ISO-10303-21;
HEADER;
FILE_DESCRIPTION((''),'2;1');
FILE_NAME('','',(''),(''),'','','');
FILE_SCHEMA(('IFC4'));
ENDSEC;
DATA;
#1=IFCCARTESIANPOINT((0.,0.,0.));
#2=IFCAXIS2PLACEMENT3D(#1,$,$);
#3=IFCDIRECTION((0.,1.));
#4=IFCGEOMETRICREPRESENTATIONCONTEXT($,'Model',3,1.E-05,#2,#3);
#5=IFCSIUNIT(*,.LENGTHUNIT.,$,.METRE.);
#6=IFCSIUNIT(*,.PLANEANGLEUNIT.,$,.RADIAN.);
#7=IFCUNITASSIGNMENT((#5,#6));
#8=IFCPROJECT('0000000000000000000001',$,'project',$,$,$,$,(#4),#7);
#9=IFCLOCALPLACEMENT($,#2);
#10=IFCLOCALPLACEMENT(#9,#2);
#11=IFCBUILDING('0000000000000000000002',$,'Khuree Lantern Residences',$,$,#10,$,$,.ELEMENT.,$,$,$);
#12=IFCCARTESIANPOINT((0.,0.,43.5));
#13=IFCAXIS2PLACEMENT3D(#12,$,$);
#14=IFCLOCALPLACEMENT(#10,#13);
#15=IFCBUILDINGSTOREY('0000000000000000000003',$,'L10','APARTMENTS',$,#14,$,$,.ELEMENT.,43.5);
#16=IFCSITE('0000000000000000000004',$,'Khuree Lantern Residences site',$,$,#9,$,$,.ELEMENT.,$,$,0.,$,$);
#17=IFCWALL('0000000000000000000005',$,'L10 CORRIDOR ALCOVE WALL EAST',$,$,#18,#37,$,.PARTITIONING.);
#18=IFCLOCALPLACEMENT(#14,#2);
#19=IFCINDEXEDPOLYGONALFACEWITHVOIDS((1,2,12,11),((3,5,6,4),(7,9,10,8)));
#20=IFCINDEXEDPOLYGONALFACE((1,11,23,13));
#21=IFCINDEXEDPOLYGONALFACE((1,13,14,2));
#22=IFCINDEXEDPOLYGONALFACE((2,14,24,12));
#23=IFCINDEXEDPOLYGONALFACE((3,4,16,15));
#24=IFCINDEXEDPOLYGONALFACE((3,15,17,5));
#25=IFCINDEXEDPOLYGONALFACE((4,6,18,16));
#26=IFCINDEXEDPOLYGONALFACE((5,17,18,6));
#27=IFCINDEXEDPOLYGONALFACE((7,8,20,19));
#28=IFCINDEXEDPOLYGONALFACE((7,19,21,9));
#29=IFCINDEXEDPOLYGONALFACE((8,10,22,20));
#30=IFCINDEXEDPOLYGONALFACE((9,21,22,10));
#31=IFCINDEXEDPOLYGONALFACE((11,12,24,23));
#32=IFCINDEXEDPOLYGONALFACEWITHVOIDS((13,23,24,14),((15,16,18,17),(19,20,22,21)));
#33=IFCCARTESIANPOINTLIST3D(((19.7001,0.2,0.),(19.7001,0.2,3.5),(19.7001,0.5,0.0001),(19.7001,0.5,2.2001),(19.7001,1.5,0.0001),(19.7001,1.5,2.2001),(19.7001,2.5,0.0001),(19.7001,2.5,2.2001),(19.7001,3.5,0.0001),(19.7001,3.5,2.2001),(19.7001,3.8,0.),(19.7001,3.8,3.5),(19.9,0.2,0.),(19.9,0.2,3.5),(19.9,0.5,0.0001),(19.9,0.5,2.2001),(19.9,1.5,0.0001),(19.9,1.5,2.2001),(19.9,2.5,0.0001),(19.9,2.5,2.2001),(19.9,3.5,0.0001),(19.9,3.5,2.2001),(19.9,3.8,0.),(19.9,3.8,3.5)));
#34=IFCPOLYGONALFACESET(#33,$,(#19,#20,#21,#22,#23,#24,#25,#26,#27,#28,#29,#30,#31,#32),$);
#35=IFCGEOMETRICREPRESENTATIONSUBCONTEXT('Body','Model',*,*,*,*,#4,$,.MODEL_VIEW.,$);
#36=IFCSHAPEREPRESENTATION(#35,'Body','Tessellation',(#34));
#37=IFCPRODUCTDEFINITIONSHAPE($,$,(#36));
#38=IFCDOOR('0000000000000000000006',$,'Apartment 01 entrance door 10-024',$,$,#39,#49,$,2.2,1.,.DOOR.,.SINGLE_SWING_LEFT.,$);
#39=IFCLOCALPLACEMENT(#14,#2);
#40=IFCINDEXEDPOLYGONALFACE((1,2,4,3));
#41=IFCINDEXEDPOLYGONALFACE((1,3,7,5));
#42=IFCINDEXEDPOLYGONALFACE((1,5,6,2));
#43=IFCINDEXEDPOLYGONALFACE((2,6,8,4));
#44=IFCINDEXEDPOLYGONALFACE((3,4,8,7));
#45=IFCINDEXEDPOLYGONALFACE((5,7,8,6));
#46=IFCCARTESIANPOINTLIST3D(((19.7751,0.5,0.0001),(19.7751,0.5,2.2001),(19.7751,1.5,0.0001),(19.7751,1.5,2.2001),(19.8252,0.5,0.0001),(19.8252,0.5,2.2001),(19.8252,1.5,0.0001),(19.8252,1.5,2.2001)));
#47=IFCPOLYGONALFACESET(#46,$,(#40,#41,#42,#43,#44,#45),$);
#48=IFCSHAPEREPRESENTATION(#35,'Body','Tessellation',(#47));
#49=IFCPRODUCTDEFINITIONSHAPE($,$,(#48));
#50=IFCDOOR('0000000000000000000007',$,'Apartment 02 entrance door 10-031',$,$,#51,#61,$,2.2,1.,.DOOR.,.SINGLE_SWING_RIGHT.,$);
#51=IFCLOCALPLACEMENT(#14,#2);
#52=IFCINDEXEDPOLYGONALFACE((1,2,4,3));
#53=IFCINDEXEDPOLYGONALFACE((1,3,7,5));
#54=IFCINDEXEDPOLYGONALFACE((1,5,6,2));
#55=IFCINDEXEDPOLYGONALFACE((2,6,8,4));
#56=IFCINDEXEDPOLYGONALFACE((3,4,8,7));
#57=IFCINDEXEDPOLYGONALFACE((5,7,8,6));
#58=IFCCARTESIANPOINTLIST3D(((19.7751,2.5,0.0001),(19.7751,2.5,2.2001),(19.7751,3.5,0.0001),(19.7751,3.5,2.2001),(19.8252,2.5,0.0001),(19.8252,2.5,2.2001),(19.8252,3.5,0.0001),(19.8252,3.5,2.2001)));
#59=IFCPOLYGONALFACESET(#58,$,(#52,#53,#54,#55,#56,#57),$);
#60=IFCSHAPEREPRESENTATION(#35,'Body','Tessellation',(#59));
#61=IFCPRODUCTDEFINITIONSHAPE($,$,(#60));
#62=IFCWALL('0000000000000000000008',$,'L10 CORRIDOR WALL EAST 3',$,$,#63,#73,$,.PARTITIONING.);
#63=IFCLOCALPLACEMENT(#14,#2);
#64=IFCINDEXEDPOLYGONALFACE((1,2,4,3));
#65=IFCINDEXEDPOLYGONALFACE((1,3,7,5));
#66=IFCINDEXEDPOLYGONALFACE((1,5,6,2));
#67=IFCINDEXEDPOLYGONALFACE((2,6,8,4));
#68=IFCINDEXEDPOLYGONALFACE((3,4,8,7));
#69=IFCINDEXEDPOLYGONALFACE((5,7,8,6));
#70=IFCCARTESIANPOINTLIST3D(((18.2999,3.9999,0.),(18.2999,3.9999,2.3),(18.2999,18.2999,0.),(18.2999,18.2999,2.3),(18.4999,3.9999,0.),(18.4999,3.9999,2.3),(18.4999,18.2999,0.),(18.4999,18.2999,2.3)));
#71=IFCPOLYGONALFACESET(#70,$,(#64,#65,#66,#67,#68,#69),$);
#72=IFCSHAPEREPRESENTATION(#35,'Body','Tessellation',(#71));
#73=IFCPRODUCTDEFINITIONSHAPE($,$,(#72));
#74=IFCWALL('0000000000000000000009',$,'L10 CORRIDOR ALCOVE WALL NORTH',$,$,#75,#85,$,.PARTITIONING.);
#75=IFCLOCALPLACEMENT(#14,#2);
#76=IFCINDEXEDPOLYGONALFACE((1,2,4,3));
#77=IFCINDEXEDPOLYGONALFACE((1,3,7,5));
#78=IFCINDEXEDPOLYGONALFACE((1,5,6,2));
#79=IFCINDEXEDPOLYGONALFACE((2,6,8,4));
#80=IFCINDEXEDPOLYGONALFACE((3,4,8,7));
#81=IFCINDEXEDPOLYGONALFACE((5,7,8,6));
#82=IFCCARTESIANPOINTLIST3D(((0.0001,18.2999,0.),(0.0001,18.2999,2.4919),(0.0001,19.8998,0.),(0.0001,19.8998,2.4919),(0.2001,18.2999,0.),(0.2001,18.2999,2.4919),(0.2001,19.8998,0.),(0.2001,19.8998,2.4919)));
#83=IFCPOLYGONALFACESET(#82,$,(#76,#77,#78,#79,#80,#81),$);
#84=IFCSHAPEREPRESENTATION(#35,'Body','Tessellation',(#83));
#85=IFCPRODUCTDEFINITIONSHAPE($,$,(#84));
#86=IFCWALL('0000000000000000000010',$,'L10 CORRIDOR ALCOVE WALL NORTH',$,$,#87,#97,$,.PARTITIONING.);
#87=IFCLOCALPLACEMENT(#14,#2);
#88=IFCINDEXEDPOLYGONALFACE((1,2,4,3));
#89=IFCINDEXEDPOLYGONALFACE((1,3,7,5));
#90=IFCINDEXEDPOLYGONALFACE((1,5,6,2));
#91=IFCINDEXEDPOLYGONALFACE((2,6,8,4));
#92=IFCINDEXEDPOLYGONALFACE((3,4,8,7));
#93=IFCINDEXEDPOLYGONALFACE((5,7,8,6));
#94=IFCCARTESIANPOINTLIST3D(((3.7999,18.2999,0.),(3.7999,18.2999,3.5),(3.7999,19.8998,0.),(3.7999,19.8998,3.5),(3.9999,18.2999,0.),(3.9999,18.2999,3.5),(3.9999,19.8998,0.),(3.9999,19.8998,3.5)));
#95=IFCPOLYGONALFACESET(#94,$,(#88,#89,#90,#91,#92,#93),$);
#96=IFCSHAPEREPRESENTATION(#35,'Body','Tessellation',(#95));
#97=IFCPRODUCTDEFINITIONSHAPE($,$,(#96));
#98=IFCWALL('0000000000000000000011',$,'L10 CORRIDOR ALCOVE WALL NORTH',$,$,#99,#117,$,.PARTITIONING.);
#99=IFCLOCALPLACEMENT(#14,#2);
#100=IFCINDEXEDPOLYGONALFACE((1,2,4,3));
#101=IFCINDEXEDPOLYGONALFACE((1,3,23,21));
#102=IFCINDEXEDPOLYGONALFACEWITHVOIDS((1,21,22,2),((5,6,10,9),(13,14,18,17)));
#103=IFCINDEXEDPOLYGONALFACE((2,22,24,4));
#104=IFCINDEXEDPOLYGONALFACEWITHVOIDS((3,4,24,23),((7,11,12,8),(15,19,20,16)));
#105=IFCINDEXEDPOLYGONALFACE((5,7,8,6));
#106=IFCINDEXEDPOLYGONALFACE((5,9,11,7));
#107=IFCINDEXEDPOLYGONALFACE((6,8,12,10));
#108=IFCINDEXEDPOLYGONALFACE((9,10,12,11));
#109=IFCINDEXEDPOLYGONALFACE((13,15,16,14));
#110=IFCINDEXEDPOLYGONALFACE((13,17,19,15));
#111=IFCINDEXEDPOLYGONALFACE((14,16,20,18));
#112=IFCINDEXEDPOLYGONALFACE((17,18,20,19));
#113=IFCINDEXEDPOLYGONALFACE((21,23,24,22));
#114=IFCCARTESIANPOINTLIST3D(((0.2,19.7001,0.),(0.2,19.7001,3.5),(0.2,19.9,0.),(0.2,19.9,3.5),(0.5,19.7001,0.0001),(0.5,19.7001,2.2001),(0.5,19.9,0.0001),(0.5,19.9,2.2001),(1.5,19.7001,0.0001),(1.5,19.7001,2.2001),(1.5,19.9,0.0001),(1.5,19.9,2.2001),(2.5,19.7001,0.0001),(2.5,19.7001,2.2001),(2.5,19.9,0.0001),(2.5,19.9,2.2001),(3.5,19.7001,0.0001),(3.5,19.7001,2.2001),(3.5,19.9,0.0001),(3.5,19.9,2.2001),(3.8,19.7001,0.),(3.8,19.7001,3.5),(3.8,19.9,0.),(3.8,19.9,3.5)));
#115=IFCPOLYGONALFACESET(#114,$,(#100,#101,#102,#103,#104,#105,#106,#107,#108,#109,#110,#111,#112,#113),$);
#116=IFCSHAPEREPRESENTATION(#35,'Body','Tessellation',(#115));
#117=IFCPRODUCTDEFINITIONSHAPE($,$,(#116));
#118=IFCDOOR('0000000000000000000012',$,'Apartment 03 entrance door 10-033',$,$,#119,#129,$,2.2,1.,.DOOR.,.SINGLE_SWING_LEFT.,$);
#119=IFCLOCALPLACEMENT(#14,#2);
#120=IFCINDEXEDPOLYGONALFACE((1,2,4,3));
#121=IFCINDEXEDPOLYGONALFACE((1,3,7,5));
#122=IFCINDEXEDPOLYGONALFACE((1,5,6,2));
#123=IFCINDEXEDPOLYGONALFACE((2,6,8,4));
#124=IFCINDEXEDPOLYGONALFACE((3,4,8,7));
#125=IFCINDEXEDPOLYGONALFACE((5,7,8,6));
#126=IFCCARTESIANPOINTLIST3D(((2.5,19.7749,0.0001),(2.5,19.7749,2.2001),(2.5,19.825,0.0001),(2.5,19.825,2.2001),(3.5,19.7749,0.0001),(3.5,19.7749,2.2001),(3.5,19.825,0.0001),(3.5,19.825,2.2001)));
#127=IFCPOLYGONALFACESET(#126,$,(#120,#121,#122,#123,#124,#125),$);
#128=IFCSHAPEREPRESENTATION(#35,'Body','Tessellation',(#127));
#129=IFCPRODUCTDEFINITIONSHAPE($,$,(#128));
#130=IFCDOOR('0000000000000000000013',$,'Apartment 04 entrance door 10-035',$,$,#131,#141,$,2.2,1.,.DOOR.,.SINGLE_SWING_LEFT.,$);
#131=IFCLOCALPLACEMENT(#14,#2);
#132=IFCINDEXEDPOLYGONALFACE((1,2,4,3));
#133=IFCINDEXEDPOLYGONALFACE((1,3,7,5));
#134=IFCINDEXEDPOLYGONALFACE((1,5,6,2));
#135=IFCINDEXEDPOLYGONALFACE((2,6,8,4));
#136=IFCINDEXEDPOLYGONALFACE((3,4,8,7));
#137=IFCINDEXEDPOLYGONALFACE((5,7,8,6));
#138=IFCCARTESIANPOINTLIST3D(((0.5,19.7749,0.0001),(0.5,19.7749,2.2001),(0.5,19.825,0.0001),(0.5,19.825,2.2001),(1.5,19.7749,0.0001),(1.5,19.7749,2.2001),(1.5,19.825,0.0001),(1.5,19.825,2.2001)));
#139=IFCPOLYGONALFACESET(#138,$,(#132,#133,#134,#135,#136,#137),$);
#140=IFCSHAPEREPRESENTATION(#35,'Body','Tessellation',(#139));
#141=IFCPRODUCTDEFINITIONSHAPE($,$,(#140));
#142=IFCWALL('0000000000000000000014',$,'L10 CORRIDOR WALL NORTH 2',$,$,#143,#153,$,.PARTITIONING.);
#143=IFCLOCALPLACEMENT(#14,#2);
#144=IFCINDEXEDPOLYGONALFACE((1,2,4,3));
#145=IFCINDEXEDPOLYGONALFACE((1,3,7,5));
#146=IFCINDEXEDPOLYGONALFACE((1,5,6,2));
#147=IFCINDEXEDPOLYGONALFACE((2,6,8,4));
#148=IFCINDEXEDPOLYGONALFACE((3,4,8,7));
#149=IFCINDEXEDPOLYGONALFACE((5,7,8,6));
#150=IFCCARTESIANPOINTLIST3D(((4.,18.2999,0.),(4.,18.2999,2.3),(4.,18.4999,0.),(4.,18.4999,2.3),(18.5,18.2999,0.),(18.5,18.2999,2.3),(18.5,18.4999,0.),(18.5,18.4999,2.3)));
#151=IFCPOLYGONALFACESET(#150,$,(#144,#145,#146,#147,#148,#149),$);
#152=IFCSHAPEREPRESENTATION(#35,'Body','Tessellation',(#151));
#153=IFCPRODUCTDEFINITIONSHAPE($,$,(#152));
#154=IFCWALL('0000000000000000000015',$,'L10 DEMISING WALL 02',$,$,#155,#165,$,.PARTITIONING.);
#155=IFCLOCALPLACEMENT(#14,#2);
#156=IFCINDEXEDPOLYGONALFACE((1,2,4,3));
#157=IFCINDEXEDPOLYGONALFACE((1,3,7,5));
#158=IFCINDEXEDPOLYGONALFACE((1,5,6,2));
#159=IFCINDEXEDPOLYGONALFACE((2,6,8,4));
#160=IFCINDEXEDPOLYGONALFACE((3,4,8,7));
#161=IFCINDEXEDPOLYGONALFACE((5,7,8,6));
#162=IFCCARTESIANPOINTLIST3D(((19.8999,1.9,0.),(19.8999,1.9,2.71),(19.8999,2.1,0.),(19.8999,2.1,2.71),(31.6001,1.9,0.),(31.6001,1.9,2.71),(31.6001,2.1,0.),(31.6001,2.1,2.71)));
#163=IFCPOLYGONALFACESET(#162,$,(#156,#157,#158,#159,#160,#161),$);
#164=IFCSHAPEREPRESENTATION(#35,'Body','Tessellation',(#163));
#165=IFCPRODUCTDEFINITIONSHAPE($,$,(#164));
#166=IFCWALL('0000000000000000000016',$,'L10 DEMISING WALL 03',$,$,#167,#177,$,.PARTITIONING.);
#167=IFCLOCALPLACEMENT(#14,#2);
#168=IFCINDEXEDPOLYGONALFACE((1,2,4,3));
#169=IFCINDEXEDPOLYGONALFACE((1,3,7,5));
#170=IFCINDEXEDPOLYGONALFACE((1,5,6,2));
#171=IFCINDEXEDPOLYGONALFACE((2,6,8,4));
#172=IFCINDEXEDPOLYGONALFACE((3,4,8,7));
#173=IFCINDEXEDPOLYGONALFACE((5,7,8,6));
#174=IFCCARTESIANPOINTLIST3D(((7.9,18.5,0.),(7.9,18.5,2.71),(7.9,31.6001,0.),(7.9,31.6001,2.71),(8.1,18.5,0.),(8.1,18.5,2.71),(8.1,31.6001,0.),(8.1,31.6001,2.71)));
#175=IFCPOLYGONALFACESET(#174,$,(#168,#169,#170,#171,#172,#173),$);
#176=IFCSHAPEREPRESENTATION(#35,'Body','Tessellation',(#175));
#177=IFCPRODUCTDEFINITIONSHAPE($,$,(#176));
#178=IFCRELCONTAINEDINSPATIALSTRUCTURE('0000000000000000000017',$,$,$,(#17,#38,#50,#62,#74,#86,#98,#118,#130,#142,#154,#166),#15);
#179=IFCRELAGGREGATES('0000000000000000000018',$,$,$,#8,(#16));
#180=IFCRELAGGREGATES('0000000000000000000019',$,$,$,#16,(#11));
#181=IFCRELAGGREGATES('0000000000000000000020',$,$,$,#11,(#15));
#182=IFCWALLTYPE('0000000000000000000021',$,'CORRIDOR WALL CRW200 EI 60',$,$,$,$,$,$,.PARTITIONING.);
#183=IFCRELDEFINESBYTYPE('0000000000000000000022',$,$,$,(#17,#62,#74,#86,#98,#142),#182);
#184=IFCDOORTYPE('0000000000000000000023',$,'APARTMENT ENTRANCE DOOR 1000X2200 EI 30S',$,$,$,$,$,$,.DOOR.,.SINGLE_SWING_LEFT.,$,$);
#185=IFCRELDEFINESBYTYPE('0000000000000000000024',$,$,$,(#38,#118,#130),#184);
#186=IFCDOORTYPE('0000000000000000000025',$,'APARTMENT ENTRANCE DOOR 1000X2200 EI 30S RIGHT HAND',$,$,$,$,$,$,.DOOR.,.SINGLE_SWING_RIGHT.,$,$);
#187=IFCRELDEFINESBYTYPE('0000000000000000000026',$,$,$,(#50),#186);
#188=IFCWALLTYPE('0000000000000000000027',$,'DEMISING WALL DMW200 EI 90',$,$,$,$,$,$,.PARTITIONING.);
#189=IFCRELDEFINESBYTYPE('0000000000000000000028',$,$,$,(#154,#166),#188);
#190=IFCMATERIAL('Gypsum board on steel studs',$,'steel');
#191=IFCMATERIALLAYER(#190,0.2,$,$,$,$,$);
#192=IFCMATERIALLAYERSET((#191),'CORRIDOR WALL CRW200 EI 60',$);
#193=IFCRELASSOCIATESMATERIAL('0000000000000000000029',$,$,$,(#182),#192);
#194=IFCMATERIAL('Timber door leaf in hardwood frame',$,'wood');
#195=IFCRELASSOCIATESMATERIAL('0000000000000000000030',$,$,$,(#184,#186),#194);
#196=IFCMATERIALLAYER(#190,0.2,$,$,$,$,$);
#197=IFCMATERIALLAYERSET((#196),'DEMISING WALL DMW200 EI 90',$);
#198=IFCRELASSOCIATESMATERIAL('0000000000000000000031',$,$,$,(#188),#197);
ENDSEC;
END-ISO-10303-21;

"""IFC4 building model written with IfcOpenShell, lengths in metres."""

from ifc_helpers import new_model, si_unit, direction, frame, frame_2d, origin, place, context, subcontext, project, spatial, rectangle, extrude, material, layer, layer_set, type_object, element, fill, save


model = new_model("IFC4")

# Units and contexts
model_context = context("Model", 3, precision=1e-05, world=origin(), true_north=direction((0.0, 1.0)))
body_context = subcontext(model_context, "Body", "Model", "MODEL_VIEW")
ifc_project = project(units=[si_unit("LENGTHUNIT", "METRE"), si_unit("PLANEANGLEUNIT", "RADIAN")], contexts=[model_context])

# Site, building, storey
site_placement = place(None, origin())
site = spatial("IfcSite", under=ifc_project, at=site_placement, Name="Khuree Lantern Residences site", CompositionType="ELEMENT", RefElevation=0.0)
building_placement = place(site_placement, origin())
building = spatial("IfcBuilding", under=site, at=building_placement, Name="Khuree Lantern Residences", CompositionType="ELEMENT")
storey_placement = place(building_placement, frame((0.0, 0.0, 43.5)))
storey = spatial("IfcBuildingStorey", under=building, at=storey_placement, Name="L10", Description="APARTMENTS", CompositionType="ELEMENT", Elevation=43.5)

# Shared definitions
ifc_material_1 = material(Name="Gypsum board on steel studs", Category="steel")
ifc_layer_1 = layer(ifc_material_1, 0.2)
ifc_layer_set_1 = layer_set([ifc_layer_1], Name="CORRIDOR WALL CRW200 EI 60")
wall_type_1 = type_object("IfcWallType", Name="CORRIDOR WALL CRW200 EI 60", PredefinedType="PARTITIONING", material=ifc_layer_set_1)

# Wall, openings, doors
wall_1_placement = place(storey_placement, frame((19.8, 0.2, 0.0), z_axis=(0.0, 0.0, 1.0), x_axis=(0.0, 1.0, 0.0)))
wall_1 = element("IfcWall", 1, at=wall_1_placement, inside=storey, type_object=wall_type_1, Name="L10 CORRIDOR ALCOVE WALL EAST", PredefinedType="PARTITIONING", context=body_context, shape_type="SweptSolid", body=[
    extrude(rectangle(XDim=3.6001, YDim=0.2, at=frame_2d((1.8, 0.0))), origin(), (0.0, 0.0, 1.0), 3.5),
])
opening_1_placement = place(wall_1_placement, frame((0.3, 0.0, 0.0)))
opening_1 = element("IfcOpeningElement", 2, at=opening_1_placement, cuts=wall_1, PredefinedType="OPENING", context=body_context, shape_type="SweptSolid", body=[
    extrude(rectangle(XDim=1.0, YDim=2.2, at=frame_2d((0.5, 1.1001))), frame((0.0, 0.1099, 0.0), z_axis=(0.0, -1.0, 0.0), x_axis=(1.0, 0.0, 0.0)), (0.0, 0.0, 1.0), 0.22),
])
opening_2_placement = place(wall_1_placement, frame((2.3, 0.0, 0.0)))
opening_2 = element("IfcOpeningElement", 3, at=opening_2_placement, cuts=wall_1, PredefinedType="OPENING", context=body_context, shape_type="SweptSolid", body=[
    extrude(rectangle(XDim=1.0, YDim=2.2, at=frame_2d((0.5, 1.1001))), frame((0.0, 0.1099, 0.0), z_axis=(0.0, -1.0, 0.0), x_axis=(1.0, 0.0, 0.0)), (0.0, 0.0, 1.0), 0.22),
])
ifc_material_2 = material(Name="Timber door leaf in hardwood frame", Category="wood")
door_type_1 = type_object("IfcDoorType", Name="APARTMENT ENTRANCE DOOR 1000X2200 EI 30S", OperationType="SINGLE_SWING_LEFT", PredefinedType="DOOR", material=ifc_material_2)
door_1_placement = place(opening_1_placement, origin())
door_1 = element("IfcDoor", 4, at=door_1_placement, inside=storey, type_object=door_type_1, Name="Apartment 01 entrance door 10-024", OperationType="SINGLE_SWING_LEFT", OverallHeight=2.2, OverallWidth=1.0, PredefinedType="DOOR", context=body_context, shape_type="SweptSolid", body=[
    extrude(rectangle(XDim=1.0, YDim=2.2, at=frame_2d((0.5, 1.1001))), frame((0.0, 0.0249, 0.0), z_axis=(0.0, -1.0, 0.0), x_axis=(1.0, 0.0, 0.0)), (0.0, 0.0, 1.0), 0.05),
])
fill(opening_1, door_1)
door_type_2 = type_object("IfcDoorType", Name="APARTMENT ENTRANCE DOOR 1000X2200 EI 30S RIGHT HAND", OperationType="SINGLE_SWING_RIGHT", PredefinedType="DOOR", material=ifc_material_2)
door_2_placement = place(opening_2_placement, origin())
door_2 = element("IfcDoor", 5, at=door_2_placement, inside=storey, type_object=door_type_2, Name="Apartment 02 entrance door 10-031", OperationType="SINGLE_SWING_RIGHT", OverallHeight=2.2, OverallWidth=1.0, PredefinedType="DOOR", context=body_context, shape_type="SweptSolid", body=[
    extrude(rectangle(XDim=1.0, YDim=2.2, at=frame_2d((0.5, 1.1001))), frame((0.0, 0.0249, 0.0), z_axis=(0.0, -1.0, 0.0), x_axis=(1.0, 0.0, 0.0)), (0.0, 0.0, 1.0), 0.05),
])
fill(opening_2, door_2)

# Walls
wall_2_placement = place(storey_placement, frame((18.3999, 4.0, 0.0), z_axis=(0.0, 0.0, 1.0), x_axis=(0.0, 1.0, 0.0)))
element("IfcWall", 6, at=wall_2_placement, inside=storey, type_object=wall_type_1, Name="L10 CORRIDOR WALL EAST 3", PredefinedType="PARTITIONING", context=body_context, shape_type="SweptSolid", body=[
    extrude(rectangle(XDim=14.3, YDim=0.2, at=frame_2d((7.1499, 0.0))), origin(), (0.0, 0.0, 1.0), 2.3),
])
wall_3_placement = place(storey_placement, frame((0.1001, 18.3, 0.0), z_axis=(0.0, 0.0, 1.0), x_axis=(0.0, 1.0, 0.0)))
element("IfcWall", 7, at=wall_3_placement, inside=storey, type_object=wall_type_1, Name="L10 CORRIDOR ALCOVE WALL NORTH", PredefinedType="PARTITIONING", context=body_context, shape_type="SweptSolid", body=[
    extrude(rectangle(XDim=1.5999, YDim=0.2, at=frame_2d((0.7998, 0.0))), origin(), (0.0, 0.0, 1.0), 2.4919),
])
wall_4_placement = place(storey_placement, frame((3.8999, 18.3, 0.0), z_axis=(0.0, 0.0, 1.0), x_axis=(0.0, 1.0, 0.0)))
element("IfcWall", 8, at=wall_4_placement, inside=storey, type_object=wall_type_1, Name="L10 CORRIDOR ALCOVE WALL NORTH", PredefinedType="PARTITIONING", context=body_context, shape_type="SweptSolid", body=[
    extrude(rectangle(XDim=1.5999, YDim=0.2, at=frame_2d((0.7998, 0.0))), origin(), (0.0, 0.0, 1.0), 3.5),
])

# Wall, openings, doors
wall_5_placement = place(storey_placement, frame((0.2, 19.8, 0.0), z_axis=(0.0, 0.0, 1.0), x_axis=(1.0, 0.0, 0.0)))
wall_5 = element("IfcWall", 9, at=wall_5_placement, inside=storey, type_object=wall_type_1, Name="L10 CORRIDOR ALCOVE WALL NORTH", PredefinedType="PARTITIONING", context=body_context, shape_type="SweptSolid", body=[
    extrude(rectangle(XDim=3.6001, YDim=0.2, at=frame_2d((1.8, 0.0))), origin(), (0.0, 0.0, 1.0), 3.5),
])
opening_3_placement = place(wall_5_placement, frame((2.3, 0.0, 0.0)))
opening_3 = element("IfcOpeningElement", 10, at=opening_3_placement, cuts=wall_5, PredefinedType="OPENING", context=body_context, shape_type="SweptSolid", body=[
    extrude(rectangle(XDim=1.0, YDim=2.2, at=frame_2d((0.5, 1.1001))), frame((0.0, 0.1099, 0.0), z_axis=(0.0, -1.0, 0.0), x_axis=(1.0, 0.0, 0.0)), (0.0, 0.0, 1.0), 0.22),
])
opening_4_placement = place(wall_5_placement, frame((0.3, 0.0, 0.0)))
opening_4 = element("IfcOpeningElement", 11, at=opening_4_placement, cuts=wall_5, PredefinedType="OPENING", context=body_context, shape_type="SweptSolid", body=[
    extrude(rectangle(XDim=1.0, YDim=2.2, at=frame_2d((0.5, 1.1001))), frame((0.0, 0.1099, 0.0), z_axis=(0.0, -1.0, 0.0), x_axis=(1.0, 0.0, 0.0)), (0.0, 0.0, 1.0), 0.22),
])
door_3_placement = place(opening_3_placement, origin())
door_3 = element("IfcDoor", 12, at=door_3_placement, inside=storey, type_object=door_type_1, Name="Apartment 03 entrance door 10-033", OperationType="SINGLE_SWING_LEFT", OverallHeight=2.2, OverallWidth=1.0, PredefinedType="DOOR", context=body_context, shape_type="SweptSolid", body=[
    extrude(rectangle(XDim=1.0, YDim=2.2, at=frame_2d((0.5, 1.1001))), frame((0.0, 0.0249, 0.0), z_axis=(0.0, -1.0, 0.0), x_axis=(1.0, 0.0, 0.0)), (0.0, 0.0, 1.0), 0.05),
])
fill(opening_3, door_3)
door_4_placement = place(opening_4_placement, origin())
door_4 = element("IfcDoor", 13, at=door_4_placement, inside=storey, type_object=door_type_1, Name="Apartment 04 entrance door 10-035", OperationType="SINGLE_SWING_LEFT", OverallHeight=2.2, OverallWidth=1.0, PredefinedType="DOOR", context=body_context, shape_type="SweptSolid", body=[
    extrude(rectangle(XDim=1.0, YDim=2.2, at=frame_2d((0.5, 1.1001))), frame((0.0, 0.0249, 0.0), z_axis=(0.0, -1.0, 0.0), x_axis=(1.0, 0.0, 0.0)), (0.0, 0.0, 1.0), 0.05),
])
fill(opening_4, door_4)

# Walls
wall_6_placement = place(storey_placement, frame((4.0, 18.3999, 0.0), z_axis=(0.0, 0.0, 1.0), x_axis=(1.0, 0.0, 0.0)))
element("IfcWall", 14, at=wall_6_placement, inside=storey, type_object=wall_type_1, Name="L10 CORRIDOR WALL NORTH 2", PredefinedType="PARTITIONING", context=body_context, shape_type="SweptSolid", body=[
    extrude(rectangle(XDim=14.5, YDim=0.2, at=frame_2d((7.25, 0.0))), origin(), (0.0, 0.0, 1.0), 2.3),
])
ifc_layer_2 = layer(ifc_material_1, 0.2)
ifc_layer_set_2 = layer_set([ifc_layer_2], Name="DEMISING WALL DMW200 EI 90")
wall_type_2 = type_object("IfcWallType", Name="DEMISING WALL DMW200 EI 90", PredefinedType="PARTITIONING", material=ifc_layer_set_2)
wall_7_placement = place(storey_placement, frame((19.8999, 2.0, 0.0), z_axis=(0.0, 0.0, 1.0), x_axis=(1.0, 0.0, 0.0)))
element("IfcWall", 15, at=wall_7_placement, inside=storey, type_object=wall_type_2, Name="L10 DEMISING WALL 02", PredefinedType="PARTITIONING", context=body_context, shape_type="SweptSolid", body=[
    extrude(rectangle(XDim=11.7002, YDim=0.2, at=frame_2d((5.8501, 0.0))), origin(), (0.0, 0.0, 1.0), 2.71),
])
wall_8_placement = place(storey_placement, frame((8.0, 18.5, 0.0), z_axis=(0.0, 0.0, 1.0), x_axis=(0.0, 1.0, 0.0)))
element("IfcWall", 16, at=wall_8_placement, inside=storey, type_object=wall_type_2, Name="L10 DEMISING WALL 03", PredefinedType="PARTITIONING", context=body_context, shape_type="SweptSolid", body=[
    extrude(rectangle(XDim=13.1001, YDim=0.2, at=frame_2d((6.55, 0.0))), origin(), (0.0, 0.0, 1.0), 2.71),
])

save(model, "model.ifc")
